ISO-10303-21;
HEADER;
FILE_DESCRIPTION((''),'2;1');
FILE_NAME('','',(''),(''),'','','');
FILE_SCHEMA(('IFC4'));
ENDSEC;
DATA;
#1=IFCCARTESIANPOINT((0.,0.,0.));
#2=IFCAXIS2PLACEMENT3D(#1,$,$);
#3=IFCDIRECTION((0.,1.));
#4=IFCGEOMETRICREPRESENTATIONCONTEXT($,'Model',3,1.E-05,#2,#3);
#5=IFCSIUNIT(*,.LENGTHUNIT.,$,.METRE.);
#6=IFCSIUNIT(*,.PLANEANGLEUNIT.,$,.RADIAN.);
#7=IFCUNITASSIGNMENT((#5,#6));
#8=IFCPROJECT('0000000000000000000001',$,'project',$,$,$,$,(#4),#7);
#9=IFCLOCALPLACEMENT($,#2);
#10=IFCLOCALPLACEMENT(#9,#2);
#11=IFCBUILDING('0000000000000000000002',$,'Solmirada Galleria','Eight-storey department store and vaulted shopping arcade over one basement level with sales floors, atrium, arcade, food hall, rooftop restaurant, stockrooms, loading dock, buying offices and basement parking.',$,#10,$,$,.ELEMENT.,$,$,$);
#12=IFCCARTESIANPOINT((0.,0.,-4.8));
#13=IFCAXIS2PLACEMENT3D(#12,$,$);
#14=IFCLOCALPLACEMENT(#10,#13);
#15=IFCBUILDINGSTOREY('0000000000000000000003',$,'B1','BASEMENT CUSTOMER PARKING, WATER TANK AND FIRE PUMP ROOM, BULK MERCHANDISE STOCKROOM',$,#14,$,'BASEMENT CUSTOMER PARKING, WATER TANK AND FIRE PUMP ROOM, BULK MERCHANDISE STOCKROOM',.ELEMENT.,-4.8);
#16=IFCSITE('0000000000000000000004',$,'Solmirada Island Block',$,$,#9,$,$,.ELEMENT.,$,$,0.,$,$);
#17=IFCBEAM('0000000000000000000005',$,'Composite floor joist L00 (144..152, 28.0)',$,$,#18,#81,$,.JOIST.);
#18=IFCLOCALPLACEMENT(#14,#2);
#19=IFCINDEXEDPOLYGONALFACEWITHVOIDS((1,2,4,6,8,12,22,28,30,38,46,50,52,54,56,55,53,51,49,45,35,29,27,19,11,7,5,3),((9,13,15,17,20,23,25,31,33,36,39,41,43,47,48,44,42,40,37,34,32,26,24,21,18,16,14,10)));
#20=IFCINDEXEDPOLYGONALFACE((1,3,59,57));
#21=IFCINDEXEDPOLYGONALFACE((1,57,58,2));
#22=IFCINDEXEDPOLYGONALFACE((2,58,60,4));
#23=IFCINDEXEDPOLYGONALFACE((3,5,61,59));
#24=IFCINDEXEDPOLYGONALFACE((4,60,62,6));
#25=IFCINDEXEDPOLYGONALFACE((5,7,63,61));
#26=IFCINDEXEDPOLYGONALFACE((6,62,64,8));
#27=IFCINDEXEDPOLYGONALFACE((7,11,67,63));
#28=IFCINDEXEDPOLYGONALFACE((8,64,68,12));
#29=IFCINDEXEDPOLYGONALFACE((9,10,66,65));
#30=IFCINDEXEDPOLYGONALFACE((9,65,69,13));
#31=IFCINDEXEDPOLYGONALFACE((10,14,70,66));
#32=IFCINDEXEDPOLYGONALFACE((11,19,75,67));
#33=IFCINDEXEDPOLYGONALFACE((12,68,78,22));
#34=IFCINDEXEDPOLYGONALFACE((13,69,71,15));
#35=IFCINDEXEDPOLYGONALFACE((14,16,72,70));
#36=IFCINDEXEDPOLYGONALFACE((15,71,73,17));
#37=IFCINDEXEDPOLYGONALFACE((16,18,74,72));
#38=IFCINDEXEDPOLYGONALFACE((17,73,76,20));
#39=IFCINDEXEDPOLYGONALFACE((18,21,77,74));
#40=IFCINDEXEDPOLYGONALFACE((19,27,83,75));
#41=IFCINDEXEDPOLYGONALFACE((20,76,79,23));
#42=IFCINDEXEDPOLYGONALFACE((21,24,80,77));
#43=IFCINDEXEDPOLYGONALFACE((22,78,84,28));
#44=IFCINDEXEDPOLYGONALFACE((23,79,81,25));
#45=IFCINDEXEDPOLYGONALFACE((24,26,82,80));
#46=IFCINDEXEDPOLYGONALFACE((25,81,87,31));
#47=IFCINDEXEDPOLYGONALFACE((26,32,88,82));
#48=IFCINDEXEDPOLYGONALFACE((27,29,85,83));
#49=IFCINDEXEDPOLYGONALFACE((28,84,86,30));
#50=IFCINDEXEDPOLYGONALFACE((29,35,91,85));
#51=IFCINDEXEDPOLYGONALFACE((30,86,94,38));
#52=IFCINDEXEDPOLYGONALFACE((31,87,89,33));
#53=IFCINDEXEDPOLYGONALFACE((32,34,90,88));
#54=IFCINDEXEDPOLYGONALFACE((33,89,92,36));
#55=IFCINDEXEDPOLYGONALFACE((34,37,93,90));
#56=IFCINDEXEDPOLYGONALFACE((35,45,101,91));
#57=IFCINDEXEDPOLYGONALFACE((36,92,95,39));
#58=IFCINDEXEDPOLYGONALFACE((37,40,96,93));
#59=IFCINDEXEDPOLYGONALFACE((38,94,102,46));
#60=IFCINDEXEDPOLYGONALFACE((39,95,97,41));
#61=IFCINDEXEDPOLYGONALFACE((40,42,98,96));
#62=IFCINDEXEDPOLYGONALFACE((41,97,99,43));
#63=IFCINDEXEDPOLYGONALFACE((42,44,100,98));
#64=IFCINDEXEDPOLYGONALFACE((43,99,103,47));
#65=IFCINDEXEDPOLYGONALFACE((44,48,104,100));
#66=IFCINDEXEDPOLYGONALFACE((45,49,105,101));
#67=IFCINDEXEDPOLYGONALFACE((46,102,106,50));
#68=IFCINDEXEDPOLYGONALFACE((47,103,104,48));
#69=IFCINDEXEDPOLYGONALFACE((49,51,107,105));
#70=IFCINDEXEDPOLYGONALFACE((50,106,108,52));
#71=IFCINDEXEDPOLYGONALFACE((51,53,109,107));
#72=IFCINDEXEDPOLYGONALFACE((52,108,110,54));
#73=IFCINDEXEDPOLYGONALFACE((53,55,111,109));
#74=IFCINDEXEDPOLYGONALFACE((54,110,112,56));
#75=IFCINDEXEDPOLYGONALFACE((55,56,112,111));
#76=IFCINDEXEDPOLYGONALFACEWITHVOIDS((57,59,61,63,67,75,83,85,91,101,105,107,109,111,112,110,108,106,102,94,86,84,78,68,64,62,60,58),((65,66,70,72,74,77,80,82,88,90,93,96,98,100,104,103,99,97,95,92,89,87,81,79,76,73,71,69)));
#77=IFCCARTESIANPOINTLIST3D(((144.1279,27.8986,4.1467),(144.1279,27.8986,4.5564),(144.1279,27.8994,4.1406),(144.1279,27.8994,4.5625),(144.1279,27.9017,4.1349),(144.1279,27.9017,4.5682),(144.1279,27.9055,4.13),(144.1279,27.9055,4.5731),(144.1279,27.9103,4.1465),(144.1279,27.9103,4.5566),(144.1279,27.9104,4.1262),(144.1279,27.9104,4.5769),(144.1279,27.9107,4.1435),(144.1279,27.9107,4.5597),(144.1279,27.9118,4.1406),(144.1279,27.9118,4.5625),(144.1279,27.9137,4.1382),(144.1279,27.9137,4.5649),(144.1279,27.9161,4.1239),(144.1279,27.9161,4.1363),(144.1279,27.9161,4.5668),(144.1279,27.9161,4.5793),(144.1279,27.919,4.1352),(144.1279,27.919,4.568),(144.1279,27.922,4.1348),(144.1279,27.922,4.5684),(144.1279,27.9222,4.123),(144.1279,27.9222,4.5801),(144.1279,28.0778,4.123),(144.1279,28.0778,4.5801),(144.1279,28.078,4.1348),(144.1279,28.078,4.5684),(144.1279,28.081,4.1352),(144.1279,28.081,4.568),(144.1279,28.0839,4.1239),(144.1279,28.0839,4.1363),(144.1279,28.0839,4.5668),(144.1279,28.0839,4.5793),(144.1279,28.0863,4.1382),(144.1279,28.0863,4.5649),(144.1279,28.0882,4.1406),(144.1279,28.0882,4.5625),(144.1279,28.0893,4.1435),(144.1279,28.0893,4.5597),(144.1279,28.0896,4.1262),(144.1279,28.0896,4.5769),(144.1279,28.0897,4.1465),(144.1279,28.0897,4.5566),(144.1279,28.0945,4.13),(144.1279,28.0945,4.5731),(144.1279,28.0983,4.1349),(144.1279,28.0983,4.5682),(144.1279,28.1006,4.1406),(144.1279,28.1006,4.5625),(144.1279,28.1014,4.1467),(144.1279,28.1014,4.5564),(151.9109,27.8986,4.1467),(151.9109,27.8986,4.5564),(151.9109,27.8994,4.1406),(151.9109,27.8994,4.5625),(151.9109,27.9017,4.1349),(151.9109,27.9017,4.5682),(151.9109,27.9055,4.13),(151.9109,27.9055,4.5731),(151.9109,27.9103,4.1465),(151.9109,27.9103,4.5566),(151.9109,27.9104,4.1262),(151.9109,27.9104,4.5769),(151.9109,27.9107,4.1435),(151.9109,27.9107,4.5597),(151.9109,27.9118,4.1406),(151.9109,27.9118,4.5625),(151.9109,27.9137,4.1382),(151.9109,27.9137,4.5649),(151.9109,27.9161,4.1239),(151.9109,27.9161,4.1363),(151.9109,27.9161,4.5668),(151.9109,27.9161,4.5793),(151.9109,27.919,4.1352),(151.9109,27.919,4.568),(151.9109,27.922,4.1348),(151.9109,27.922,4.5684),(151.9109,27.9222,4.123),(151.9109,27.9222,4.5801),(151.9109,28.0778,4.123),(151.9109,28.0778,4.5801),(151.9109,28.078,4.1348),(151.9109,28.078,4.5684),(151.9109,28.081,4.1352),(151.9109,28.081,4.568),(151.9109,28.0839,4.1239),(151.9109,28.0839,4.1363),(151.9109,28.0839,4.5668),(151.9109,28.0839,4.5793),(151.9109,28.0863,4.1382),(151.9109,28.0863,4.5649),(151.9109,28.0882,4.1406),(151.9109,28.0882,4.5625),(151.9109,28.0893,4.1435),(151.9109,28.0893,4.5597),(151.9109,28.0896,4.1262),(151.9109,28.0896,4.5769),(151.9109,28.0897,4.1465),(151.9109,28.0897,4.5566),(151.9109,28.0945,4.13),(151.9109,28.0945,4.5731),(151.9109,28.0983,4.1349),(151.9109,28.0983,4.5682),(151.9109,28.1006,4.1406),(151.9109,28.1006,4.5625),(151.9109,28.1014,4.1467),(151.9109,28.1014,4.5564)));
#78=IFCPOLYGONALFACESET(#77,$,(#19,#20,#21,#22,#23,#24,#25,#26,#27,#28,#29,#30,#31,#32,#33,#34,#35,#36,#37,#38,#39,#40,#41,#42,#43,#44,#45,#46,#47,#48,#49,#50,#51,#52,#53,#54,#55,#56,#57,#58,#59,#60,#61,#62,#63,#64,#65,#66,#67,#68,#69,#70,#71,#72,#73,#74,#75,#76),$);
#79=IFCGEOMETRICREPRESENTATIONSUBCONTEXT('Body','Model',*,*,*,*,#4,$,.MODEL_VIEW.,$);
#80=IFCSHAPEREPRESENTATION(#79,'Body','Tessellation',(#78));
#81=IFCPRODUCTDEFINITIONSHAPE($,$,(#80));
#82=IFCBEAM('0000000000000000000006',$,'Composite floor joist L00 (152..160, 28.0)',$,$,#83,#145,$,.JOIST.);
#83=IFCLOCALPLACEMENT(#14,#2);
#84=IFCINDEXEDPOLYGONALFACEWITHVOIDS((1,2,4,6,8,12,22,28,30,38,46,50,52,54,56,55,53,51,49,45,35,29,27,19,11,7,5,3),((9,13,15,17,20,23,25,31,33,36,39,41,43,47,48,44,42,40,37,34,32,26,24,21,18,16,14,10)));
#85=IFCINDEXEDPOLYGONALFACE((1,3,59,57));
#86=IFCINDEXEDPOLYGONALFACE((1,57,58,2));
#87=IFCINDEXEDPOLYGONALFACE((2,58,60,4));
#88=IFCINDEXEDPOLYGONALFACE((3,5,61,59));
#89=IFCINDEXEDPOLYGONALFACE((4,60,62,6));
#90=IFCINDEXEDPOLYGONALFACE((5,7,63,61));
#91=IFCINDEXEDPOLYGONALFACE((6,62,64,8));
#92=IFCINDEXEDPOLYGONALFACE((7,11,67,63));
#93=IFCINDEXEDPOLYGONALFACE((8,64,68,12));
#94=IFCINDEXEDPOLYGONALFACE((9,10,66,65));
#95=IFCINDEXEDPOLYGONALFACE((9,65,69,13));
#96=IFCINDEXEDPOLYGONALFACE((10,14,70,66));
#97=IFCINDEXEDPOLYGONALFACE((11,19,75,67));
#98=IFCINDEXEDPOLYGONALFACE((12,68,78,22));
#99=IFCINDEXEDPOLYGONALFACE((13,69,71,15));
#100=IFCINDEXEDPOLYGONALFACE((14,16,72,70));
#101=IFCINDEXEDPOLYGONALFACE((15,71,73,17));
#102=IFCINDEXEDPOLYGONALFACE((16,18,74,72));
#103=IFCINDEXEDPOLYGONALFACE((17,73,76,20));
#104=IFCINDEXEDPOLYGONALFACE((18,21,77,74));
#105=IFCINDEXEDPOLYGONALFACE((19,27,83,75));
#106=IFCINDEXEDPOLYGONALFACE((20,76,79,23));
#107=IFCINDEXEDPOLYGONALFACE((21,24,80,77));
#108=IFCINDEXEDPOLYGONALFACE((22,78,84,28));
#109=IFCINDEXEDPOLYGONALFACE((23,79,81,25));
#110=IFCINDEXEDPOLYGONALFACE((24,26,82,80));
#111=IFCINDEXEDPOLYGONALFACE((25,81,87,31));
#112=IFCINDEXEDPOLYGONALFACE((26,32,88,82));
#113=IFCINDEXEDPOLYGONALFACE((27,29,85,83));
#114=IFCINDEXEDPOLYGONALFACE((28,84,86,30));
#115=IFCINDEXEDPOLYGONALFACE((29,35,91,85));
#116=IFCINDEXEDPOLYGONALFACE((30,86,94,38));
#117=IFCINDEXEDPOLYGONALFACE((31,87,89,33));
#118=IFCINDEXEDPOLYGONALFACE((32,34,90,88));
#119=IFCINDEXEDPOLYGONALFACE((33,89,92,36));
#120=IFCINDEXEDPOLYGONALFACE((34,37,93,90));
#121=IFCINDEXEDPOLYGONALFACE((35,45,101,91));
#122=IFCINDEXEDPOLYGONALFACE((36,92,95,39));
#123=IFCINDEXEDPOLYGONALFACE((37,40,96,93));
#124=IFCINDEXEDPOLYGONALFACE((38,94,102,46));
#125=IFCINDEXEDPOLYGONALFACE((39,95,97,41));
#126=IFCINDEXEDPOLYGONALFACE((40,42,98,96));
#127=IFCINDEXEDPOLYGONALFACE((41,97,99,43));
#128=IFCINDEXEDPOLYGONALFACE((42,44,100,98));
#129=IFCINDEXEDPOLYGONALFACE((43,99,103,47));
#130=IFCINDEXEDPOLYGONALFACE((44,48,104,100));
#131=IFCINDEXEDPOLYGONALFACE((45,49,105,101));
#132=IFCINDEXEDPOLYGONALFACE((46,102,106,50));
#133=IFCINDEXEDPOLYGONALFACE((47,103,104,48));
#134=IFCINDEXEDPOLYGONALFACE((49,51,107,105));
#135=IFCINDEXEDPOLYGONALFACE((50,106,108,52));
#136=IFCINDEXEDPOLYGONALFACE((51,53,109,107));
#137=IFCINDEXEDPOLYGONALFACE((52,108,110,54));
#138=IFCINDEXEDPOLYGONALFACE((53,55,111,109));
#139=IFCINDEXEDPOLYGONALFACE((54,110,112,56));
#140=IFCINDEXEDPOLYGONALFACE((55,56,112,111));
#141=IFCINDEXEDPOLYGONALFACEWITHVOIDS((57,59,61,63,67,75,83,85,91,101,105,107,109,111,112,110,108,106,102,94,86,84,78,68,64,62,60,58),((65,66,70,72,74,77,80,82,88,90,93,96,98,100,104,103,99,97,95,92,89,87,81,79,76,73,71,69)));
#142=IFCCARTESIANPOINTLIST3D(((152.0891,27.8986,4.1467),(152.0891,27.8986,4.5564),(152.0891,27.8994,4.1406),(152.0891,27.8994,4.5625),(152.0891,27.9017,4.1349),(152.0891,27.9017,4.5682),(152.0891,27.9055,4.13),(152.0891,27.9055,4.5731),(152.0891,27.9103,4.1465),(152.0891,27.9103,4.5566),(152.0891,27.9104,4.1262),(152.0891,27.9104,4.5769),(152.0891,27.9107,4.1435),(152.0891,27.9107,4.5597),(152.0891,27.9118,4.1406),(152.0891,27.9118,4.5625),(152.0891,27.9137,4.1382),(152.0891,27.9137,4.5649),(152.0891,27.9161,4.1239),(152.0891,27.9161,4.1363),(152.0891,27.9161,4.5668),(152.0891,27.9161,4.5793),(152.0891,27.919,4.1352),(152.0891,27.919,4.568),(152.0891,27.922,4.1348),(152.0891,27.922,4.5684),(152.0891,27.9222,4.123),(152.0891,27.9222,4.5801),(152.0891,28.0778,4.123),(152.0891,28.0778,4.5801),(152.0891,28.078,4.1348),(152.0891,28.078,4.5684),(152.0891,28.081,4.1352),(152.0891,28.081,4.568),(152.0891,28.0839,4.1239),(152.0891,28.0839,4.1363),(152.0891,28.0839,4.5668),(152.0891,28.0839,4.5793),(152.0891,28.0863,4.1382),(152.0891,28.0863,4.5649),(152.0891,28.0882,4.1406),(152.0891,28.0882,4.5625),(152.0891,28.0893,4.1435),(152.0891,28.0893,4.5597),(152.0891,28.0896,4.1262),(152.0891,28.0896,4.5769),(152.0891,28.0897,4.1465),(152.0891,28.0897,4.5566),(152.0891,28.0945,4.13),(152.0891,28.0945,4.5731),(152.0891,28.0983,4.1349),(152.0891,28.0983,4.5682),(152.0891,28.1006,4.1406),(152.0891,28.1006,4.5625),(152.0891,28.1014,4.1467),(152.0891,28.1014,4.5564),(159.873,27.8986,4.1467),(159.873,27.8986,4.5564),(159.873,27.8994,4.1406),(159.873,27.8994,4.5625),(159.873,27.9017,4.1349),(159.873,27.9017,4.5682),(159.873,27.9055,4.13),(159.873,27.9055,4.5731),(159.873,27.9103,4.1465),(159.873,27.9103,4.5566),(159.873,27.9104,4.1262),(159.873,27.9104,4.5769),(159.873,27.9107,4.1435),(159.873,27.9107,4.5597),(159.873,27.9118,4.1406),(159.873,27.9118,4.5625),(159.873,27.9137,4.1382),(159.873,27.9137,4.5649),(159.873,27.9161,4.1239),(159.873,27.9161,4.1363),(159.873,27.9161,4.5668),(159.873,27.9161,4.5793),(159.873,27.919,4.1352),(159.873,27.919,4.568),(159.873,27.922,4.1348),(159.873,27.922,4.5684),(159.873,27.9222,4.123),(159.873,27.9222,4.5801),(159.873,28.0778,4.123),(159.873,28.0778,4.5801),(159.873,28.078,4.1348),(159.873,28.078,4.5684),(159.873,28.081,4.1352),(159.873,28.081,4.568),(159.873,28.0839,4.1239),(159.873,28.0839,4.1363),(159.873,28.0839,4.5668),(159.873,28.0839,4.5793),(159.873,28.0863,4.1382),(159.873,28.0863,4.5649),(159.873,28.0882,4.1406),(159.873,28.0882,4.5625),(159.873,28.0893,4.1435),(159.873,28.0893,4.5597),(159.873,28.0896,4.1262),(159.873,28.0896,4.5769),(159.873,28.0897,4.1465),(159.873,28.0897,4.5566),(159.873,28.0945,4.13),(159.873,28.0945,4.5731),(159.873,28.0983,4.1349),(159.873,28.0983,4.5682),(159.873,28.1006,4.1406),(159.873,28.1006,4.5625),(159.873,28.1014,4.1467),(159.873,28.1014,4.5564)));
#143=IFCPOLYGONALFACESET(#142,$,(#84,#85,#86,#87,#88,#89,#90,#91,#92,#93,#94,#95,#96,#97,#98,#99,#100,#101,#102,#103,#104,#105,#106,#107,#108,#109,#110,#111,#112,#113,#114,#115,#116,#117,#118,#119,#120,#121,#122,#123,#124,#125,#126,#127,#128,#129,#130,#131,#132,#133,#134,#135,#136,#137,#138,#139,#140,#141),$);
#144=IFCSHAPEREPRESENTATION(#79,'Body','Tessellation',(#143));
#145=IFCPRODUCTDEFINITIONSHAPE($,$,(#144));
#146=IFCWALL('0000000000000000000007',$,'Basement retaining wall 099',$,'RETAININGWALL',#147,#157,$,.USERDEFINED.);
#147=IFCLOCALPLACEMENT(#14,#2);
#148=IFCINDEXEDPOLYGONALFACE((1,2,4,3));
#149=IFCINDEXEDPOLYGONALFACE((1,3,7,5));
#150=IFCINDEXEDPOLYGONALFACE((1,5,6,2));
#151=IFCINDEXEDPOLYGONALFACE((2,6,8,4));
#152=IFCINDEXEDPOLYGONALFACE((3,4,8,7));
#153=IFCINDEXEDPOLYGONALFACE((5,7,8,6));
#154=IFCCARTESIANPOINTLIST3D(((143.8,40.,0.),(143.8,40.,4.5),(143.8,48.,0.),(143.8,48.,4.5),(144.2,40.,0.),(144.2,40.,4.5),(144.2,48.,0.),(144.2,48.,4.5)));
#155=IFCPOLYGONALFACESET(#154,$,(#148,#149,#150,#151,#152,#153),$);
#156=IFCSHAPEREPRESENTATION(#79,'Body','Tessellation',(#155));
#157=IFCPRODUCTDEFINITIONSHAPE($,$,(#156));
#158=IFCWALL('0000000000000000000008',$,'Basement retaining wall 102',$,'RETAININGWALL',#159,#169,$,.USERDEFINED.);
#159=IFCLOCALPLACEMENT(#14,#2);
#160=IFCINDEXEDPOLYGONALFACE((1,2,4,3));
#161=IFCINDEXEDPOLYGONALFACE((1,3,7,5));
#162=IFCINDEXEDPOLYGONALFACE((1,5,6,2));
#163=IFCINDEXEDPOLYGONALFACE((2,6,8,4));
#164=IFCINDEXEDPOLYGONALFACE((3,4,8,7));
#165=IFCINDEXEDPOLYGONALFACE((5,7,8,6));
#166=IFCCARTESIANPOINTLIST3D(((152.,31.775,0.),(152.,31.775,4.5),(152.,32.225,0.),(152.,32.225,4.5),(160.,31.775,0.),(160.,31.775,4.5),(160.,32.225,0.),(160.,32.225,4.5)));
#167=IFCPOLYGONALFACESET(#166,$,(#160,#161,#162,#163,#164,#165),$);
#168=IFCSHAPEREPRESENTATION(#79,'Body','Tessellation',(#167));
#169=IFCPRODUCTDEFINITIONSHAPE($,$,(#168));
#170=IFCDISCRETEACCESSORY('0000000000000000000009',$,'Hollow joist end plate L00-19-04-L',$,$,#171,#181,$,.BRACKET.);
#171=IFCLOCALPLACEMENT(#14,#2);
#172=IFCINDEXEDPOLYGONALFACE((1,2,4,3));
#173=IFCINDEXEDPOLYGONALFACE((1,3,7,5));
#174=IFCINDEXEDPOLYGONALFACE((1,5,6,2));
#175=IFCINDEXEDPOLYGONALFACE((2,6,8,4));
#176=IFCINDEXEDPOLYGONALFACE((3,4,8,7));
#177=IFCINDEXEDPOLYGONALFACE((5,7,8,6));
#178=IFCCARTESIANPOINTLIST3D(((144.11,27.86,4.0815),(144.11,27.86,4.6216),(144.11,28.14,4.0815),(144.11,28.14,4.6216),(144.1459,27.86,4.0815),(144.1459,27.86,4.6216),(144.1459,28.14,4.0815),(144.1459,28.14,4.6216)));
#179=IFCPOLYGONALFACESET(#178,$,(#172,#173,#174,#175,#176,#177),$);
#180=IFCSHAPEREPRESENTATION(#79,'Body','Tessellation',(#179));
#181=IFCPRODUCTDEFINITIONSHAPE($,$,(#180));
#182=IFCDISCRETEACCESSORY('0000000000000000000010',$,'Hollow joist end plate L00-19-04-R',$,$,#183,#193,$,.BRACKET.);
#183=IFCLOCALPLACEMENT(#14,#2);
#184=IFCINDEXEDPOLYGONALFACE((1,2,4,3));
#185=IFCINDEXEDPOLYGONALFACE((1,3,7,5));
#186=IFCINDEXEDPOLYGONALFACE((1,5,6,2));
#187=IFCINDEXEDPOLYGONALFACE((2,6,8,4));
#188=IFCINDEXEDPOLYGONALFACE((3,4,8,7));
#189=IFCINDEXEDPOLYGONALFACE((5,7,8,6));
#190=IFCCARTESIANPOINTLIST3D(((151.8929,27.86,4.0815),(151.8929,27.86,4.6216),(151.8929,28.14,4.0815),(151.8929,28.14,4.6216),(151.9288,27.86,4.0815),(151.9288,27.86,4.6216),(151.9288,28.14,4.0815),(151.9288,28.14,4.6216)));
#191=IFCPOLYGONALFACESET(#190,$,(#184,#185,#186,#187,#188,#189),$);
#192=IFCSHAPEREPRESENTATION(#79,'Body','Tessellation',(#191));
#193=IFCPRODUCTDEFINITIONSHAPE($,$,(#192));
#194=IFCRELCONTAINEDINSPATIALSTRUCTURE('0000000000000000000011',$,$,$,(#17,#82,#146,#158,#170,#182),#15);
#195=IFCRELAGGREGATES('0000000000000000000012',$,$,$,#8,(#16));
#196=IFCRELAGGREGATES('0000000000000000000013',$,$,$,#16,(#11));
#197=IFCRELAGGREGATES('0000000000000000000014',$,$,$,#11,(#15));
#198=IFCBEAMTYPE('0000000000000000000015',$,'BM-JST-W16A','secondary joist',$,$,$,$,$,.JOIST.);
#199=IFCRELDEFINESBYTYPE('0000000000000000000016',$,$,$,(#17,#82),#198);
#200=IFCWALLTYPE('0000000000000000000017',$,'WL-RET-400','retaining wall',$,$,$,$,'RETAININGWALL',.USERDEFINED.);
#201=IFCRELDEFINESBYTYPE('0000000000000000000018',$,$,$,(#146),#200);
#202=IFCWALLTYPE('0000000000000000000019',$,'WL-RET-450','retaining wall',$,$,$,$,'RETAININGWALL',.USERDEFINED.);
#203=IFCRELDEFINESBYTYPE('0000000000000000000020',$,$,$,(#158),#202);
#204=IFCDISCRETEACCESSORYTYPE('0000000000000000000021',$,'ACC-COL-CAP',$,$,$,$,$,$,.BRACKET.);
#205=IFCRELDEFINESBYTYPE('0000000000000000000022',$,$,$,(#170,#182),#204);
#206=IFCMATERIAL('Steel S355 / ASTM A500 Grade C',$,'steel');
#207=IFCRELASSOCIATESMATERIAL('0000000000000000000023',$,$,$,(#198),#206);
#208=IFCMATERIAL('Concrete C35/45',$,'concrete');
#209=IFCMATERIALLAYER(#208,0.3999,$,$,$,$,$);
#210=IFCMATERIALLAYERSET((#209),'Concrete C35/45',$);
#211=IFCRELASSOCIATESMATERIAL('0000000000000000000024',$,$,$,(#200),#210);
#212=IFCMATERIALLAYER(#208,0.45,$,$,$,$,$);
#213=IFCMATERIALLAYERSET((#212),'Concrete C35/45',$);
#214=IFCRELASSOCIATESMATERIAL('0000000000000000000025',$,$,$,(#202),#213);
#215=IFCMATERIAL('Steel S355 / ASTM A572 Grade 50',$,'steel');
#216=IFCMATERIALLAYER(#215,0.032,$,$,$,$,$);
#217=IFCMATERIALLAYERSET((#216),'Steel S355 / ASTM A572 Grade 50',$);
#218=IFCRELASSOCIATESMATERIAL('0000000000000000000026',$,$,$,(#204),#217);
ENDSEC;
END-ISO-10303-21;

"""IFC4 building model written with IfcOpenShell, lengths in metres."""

from ifc_helpers import new_model, si_unit, direction, frame, frame_2d, origin, origin_2d, place, context, subcontext, project, spatial, rectangle, hollow_rectangle, extrude, material, layer, layer_set, material_profile, profile_set, type_object, element, save


model = new_model("IFC4")

# Units and contexts
model_context = context("Model", 3, precision=1e-05, world=origin(), true_north=direction((0.0, 1.0)))
body_context = subcontext(model_context, "Body", "Model", "MODEL_VIEW")
ifc_project = project(units=[si_unit("LENGTHUNIT", "METRE"), si_unit("PLANEANGLEUNIT", "RADIAN")], contexts=[model_context])

# Site, building, storey
site_placement = place(None, origin())
site = spatial("IfcSite", under=ifc_project, at=site_placement, Name="Solmirada Island Block", CompositionType="ELEMENT", RefElevation=0.0)
building_placement = place(site_placement, origin())
building = spatial("IfcBuilding", under=site, at=building_placement, Name="Solmirada Galleria", Description="Eight-storey department store and vaulted shopping arcade over one basement level with sales floors, atrium, arcade, food hall, rooftop restaurant, stockrooms, loading dock, buying offices and basement parking.", CompositionType="ELEMENT")
storey_placement = place(building_placement, frame((0.0, 0.0, -4.8)))
storey = spatial("IfcBuildingStorey", under=building, at=storey_placement, Name="B1", Description="BASEMENT CUSTOMER PARKING, WATER TANK AND FIRE PUMP ROOM, BULK MERCHANDISE STOCKROOM", LongName="BASEMENT CUSTOMER PARKING, WATER TANK AND FIRE PUMP ROOM, BULK MERCHANDISE STOCKROOM", CompositionType="ELEMENT", Elevation=-4.8)

# Shared definitions
ifc_material_1 = material(Name="Concrete C35/45", Category="concrete")

# Shared definitions
ifc_material_2 = material(Name="Steel S355 / ASTM A500 Grade C", Category="steel")

# Beams
ifc_material_profile_1 = material_profile(ifc_material_2, hollow_rectangle(XDim=0.2029, YDim=0.457, WallThickness=0.0117, InnerFilletRadius=0.0117, OuterFilletRadius=0.0237, at=origin_2d()), Name="HSS18X8X1/2")
ifc_profile_set_1 = profile_set([ifc_material_profile_1], Name="Steel S355 / ASTM A500 Grade C")
beam_type_1 = type_object("IfcBeamType", Name="BM-JST-W16A", Description="secondary joist", PredefinedType="JOIST", material=ifc_profile_set_1)
beam_1_placement = place(storey_placement, frame((144.1279, 28.0, 4.3516), z_axis=(1.0, 0.0, 0.0), x_axis=(0.0, 1.0, 0.0)))
element("IfcBeam", 1, at=beam_1_placement, inside=storey, type_object=beam_type_1, Name="Composite floor joist L00 (144..152, 28.0)", PredefinedType="JOIST", context=body_context, shape_type="SweptSolid", body=[
    extrude(hollow_rectangle(XDim=0.2029, YDim=0.457, WallThickness=0.0117, InnerFilletRadius=0.0117, OuterFilletRadius=0.0237, at=origin_2d()), origin(), (0.0, 0.0, 1.0), 7.783),
])
beam_2_placement = place(storey_placement, frame((152.0891, 28.0, 4.3516), z_axis=(1.0, 0.0, 0.0), x_axis=(0.0, 1.0, 0.0)))
element("IfcBeam", 2, at=beam_2_placement, inside=storey, type_object=beam_type_1, Name="Composite floor joist L00 (152..160, 28.0)", PredefinedType="JOIST", context=body_context, shape_type="SweptSolid", body=[
    extrude(hollow_rectangle(XDim=0.2029, YDim=0.457, WallThickness=0.0117, InnerFilletRadius=0.0117, OuterFilletRadius=0.0237, at=origin_2d()), origin(), (0.0, 0.0, 1.0), 7.7839),
])

# Walls
ifc_layer_1 = layer(ifc_material_1, 0.3999)
ifc_layer_set_1 = layer_set([ifc_layer_1], Name="Concrete C35/45")
wall_type_1 = type_object("IfcWallType", Name="WL-RET-400", Description="retaining wall", ElementType="RETAININGWALL", PredefinedType="USERDEFINED", material=ifc_layer_set_1)
wall_1_placement = place(storey_placement, frame((144.0, 48.0, 0.0), z_axis=(0.0, 0.0, 1.0), x_axis=(0.0, -1.0, 0.0)))
element("IfcWall", 3, at=wall_1_placement, inside=storey, type_object=wall_type_1, Name="Basement retaining wall 099", ObjectType="RETAININGWALL", PredefinedType="USERDEFINED", context=body_context, shape_type="SweptSolid", body=[
    extrude(rectangle(XDim=8.0, YDim=0.3999, at=frame_2d((4.0, 0.0))), origin(), (0.0, 0.0, 1.0), 4.5),
])
ifc_layer_2 = layer(ifc_material_1, 0.45)
ifc_layer_set_2 = layer_set([ifc_layer_2], Name="Concrete C35/45")
wall_type_2 = type_object("IfcWallType", Name="WL-RET-450", Description="retaining wall", ElementType="RETAININGWALL", PredefinedType="USERDEFINED", material=ifc_layer_set_2)
wall_2_placement = place(storey_placement, frame((152.0, 32.0, 0.0), z_axis=(0.0, 0.0, 1.0), x_axis=(1.0, 0.0, 0.0)))
element("IfcWall", 4, at=wall_2_placement, inside=storey, type_object=wall_type_2, Name="Basement retaining wall 102", ObjectType="RETAININGWALL", PredefinedType="USERDEFINED", context=body_context, shape_type="SweptSolid", body=[
    extrude(rectangle(XDim=8.0, YDim=0.45, at=frame_2d((4.0, 0.0))), origin(), (0.0, 0.0, 1.0), 4.5),
])

# Discrete accessories
ifc_material_3 = material(Name="Steel S355 / ASTM A572 Grade 50", Category="steel")
ifc_layer_3 = layer(ifc_material_3, 0.032)
ifc_layer_set_3 = layer_set([ifc_layer_3], Name="Steel S355 / ASTM A572 Grade 50")
discrete_accessory_type = type_object("IfcDiscreteAccessoryType", Name="ACC-COL-CAP", PredefinedType="BRACKET", material=ifc_layer_set_3)
for number, where, z_axis, x_axis, name in (
    (5, (144.1279, 28.0, 4.0815), (0.0, 0.0, 1.0), (1.0, 0.0, 0.0), "Hollow joist end plate L00-19-04-L"),
    (6, (151.9109, 28.0, 4.0815), (0.0, 0.0, 1.0), (1.0, 0.0, 0.0), "Hollow joist end plate L00-19-04-R"),
):
    element("IfcDiscreteAccessory", number, at=place(storey_placement, frame(where, z_axis=z_axis, x_axis=x_axis)), inside=storey, type_object=discrete_accessory_type, Name=name, PredefinedType="BRACKET", context=body_context, shape_type="SweptSolid", body=[
        extrude(rectangle(XDim=0.0359, YDim=0.28, at=origin_2d()), origin(), (0.0, 0.0, 1.0), 0.54),
    ])

save(model, "model.ifc")
